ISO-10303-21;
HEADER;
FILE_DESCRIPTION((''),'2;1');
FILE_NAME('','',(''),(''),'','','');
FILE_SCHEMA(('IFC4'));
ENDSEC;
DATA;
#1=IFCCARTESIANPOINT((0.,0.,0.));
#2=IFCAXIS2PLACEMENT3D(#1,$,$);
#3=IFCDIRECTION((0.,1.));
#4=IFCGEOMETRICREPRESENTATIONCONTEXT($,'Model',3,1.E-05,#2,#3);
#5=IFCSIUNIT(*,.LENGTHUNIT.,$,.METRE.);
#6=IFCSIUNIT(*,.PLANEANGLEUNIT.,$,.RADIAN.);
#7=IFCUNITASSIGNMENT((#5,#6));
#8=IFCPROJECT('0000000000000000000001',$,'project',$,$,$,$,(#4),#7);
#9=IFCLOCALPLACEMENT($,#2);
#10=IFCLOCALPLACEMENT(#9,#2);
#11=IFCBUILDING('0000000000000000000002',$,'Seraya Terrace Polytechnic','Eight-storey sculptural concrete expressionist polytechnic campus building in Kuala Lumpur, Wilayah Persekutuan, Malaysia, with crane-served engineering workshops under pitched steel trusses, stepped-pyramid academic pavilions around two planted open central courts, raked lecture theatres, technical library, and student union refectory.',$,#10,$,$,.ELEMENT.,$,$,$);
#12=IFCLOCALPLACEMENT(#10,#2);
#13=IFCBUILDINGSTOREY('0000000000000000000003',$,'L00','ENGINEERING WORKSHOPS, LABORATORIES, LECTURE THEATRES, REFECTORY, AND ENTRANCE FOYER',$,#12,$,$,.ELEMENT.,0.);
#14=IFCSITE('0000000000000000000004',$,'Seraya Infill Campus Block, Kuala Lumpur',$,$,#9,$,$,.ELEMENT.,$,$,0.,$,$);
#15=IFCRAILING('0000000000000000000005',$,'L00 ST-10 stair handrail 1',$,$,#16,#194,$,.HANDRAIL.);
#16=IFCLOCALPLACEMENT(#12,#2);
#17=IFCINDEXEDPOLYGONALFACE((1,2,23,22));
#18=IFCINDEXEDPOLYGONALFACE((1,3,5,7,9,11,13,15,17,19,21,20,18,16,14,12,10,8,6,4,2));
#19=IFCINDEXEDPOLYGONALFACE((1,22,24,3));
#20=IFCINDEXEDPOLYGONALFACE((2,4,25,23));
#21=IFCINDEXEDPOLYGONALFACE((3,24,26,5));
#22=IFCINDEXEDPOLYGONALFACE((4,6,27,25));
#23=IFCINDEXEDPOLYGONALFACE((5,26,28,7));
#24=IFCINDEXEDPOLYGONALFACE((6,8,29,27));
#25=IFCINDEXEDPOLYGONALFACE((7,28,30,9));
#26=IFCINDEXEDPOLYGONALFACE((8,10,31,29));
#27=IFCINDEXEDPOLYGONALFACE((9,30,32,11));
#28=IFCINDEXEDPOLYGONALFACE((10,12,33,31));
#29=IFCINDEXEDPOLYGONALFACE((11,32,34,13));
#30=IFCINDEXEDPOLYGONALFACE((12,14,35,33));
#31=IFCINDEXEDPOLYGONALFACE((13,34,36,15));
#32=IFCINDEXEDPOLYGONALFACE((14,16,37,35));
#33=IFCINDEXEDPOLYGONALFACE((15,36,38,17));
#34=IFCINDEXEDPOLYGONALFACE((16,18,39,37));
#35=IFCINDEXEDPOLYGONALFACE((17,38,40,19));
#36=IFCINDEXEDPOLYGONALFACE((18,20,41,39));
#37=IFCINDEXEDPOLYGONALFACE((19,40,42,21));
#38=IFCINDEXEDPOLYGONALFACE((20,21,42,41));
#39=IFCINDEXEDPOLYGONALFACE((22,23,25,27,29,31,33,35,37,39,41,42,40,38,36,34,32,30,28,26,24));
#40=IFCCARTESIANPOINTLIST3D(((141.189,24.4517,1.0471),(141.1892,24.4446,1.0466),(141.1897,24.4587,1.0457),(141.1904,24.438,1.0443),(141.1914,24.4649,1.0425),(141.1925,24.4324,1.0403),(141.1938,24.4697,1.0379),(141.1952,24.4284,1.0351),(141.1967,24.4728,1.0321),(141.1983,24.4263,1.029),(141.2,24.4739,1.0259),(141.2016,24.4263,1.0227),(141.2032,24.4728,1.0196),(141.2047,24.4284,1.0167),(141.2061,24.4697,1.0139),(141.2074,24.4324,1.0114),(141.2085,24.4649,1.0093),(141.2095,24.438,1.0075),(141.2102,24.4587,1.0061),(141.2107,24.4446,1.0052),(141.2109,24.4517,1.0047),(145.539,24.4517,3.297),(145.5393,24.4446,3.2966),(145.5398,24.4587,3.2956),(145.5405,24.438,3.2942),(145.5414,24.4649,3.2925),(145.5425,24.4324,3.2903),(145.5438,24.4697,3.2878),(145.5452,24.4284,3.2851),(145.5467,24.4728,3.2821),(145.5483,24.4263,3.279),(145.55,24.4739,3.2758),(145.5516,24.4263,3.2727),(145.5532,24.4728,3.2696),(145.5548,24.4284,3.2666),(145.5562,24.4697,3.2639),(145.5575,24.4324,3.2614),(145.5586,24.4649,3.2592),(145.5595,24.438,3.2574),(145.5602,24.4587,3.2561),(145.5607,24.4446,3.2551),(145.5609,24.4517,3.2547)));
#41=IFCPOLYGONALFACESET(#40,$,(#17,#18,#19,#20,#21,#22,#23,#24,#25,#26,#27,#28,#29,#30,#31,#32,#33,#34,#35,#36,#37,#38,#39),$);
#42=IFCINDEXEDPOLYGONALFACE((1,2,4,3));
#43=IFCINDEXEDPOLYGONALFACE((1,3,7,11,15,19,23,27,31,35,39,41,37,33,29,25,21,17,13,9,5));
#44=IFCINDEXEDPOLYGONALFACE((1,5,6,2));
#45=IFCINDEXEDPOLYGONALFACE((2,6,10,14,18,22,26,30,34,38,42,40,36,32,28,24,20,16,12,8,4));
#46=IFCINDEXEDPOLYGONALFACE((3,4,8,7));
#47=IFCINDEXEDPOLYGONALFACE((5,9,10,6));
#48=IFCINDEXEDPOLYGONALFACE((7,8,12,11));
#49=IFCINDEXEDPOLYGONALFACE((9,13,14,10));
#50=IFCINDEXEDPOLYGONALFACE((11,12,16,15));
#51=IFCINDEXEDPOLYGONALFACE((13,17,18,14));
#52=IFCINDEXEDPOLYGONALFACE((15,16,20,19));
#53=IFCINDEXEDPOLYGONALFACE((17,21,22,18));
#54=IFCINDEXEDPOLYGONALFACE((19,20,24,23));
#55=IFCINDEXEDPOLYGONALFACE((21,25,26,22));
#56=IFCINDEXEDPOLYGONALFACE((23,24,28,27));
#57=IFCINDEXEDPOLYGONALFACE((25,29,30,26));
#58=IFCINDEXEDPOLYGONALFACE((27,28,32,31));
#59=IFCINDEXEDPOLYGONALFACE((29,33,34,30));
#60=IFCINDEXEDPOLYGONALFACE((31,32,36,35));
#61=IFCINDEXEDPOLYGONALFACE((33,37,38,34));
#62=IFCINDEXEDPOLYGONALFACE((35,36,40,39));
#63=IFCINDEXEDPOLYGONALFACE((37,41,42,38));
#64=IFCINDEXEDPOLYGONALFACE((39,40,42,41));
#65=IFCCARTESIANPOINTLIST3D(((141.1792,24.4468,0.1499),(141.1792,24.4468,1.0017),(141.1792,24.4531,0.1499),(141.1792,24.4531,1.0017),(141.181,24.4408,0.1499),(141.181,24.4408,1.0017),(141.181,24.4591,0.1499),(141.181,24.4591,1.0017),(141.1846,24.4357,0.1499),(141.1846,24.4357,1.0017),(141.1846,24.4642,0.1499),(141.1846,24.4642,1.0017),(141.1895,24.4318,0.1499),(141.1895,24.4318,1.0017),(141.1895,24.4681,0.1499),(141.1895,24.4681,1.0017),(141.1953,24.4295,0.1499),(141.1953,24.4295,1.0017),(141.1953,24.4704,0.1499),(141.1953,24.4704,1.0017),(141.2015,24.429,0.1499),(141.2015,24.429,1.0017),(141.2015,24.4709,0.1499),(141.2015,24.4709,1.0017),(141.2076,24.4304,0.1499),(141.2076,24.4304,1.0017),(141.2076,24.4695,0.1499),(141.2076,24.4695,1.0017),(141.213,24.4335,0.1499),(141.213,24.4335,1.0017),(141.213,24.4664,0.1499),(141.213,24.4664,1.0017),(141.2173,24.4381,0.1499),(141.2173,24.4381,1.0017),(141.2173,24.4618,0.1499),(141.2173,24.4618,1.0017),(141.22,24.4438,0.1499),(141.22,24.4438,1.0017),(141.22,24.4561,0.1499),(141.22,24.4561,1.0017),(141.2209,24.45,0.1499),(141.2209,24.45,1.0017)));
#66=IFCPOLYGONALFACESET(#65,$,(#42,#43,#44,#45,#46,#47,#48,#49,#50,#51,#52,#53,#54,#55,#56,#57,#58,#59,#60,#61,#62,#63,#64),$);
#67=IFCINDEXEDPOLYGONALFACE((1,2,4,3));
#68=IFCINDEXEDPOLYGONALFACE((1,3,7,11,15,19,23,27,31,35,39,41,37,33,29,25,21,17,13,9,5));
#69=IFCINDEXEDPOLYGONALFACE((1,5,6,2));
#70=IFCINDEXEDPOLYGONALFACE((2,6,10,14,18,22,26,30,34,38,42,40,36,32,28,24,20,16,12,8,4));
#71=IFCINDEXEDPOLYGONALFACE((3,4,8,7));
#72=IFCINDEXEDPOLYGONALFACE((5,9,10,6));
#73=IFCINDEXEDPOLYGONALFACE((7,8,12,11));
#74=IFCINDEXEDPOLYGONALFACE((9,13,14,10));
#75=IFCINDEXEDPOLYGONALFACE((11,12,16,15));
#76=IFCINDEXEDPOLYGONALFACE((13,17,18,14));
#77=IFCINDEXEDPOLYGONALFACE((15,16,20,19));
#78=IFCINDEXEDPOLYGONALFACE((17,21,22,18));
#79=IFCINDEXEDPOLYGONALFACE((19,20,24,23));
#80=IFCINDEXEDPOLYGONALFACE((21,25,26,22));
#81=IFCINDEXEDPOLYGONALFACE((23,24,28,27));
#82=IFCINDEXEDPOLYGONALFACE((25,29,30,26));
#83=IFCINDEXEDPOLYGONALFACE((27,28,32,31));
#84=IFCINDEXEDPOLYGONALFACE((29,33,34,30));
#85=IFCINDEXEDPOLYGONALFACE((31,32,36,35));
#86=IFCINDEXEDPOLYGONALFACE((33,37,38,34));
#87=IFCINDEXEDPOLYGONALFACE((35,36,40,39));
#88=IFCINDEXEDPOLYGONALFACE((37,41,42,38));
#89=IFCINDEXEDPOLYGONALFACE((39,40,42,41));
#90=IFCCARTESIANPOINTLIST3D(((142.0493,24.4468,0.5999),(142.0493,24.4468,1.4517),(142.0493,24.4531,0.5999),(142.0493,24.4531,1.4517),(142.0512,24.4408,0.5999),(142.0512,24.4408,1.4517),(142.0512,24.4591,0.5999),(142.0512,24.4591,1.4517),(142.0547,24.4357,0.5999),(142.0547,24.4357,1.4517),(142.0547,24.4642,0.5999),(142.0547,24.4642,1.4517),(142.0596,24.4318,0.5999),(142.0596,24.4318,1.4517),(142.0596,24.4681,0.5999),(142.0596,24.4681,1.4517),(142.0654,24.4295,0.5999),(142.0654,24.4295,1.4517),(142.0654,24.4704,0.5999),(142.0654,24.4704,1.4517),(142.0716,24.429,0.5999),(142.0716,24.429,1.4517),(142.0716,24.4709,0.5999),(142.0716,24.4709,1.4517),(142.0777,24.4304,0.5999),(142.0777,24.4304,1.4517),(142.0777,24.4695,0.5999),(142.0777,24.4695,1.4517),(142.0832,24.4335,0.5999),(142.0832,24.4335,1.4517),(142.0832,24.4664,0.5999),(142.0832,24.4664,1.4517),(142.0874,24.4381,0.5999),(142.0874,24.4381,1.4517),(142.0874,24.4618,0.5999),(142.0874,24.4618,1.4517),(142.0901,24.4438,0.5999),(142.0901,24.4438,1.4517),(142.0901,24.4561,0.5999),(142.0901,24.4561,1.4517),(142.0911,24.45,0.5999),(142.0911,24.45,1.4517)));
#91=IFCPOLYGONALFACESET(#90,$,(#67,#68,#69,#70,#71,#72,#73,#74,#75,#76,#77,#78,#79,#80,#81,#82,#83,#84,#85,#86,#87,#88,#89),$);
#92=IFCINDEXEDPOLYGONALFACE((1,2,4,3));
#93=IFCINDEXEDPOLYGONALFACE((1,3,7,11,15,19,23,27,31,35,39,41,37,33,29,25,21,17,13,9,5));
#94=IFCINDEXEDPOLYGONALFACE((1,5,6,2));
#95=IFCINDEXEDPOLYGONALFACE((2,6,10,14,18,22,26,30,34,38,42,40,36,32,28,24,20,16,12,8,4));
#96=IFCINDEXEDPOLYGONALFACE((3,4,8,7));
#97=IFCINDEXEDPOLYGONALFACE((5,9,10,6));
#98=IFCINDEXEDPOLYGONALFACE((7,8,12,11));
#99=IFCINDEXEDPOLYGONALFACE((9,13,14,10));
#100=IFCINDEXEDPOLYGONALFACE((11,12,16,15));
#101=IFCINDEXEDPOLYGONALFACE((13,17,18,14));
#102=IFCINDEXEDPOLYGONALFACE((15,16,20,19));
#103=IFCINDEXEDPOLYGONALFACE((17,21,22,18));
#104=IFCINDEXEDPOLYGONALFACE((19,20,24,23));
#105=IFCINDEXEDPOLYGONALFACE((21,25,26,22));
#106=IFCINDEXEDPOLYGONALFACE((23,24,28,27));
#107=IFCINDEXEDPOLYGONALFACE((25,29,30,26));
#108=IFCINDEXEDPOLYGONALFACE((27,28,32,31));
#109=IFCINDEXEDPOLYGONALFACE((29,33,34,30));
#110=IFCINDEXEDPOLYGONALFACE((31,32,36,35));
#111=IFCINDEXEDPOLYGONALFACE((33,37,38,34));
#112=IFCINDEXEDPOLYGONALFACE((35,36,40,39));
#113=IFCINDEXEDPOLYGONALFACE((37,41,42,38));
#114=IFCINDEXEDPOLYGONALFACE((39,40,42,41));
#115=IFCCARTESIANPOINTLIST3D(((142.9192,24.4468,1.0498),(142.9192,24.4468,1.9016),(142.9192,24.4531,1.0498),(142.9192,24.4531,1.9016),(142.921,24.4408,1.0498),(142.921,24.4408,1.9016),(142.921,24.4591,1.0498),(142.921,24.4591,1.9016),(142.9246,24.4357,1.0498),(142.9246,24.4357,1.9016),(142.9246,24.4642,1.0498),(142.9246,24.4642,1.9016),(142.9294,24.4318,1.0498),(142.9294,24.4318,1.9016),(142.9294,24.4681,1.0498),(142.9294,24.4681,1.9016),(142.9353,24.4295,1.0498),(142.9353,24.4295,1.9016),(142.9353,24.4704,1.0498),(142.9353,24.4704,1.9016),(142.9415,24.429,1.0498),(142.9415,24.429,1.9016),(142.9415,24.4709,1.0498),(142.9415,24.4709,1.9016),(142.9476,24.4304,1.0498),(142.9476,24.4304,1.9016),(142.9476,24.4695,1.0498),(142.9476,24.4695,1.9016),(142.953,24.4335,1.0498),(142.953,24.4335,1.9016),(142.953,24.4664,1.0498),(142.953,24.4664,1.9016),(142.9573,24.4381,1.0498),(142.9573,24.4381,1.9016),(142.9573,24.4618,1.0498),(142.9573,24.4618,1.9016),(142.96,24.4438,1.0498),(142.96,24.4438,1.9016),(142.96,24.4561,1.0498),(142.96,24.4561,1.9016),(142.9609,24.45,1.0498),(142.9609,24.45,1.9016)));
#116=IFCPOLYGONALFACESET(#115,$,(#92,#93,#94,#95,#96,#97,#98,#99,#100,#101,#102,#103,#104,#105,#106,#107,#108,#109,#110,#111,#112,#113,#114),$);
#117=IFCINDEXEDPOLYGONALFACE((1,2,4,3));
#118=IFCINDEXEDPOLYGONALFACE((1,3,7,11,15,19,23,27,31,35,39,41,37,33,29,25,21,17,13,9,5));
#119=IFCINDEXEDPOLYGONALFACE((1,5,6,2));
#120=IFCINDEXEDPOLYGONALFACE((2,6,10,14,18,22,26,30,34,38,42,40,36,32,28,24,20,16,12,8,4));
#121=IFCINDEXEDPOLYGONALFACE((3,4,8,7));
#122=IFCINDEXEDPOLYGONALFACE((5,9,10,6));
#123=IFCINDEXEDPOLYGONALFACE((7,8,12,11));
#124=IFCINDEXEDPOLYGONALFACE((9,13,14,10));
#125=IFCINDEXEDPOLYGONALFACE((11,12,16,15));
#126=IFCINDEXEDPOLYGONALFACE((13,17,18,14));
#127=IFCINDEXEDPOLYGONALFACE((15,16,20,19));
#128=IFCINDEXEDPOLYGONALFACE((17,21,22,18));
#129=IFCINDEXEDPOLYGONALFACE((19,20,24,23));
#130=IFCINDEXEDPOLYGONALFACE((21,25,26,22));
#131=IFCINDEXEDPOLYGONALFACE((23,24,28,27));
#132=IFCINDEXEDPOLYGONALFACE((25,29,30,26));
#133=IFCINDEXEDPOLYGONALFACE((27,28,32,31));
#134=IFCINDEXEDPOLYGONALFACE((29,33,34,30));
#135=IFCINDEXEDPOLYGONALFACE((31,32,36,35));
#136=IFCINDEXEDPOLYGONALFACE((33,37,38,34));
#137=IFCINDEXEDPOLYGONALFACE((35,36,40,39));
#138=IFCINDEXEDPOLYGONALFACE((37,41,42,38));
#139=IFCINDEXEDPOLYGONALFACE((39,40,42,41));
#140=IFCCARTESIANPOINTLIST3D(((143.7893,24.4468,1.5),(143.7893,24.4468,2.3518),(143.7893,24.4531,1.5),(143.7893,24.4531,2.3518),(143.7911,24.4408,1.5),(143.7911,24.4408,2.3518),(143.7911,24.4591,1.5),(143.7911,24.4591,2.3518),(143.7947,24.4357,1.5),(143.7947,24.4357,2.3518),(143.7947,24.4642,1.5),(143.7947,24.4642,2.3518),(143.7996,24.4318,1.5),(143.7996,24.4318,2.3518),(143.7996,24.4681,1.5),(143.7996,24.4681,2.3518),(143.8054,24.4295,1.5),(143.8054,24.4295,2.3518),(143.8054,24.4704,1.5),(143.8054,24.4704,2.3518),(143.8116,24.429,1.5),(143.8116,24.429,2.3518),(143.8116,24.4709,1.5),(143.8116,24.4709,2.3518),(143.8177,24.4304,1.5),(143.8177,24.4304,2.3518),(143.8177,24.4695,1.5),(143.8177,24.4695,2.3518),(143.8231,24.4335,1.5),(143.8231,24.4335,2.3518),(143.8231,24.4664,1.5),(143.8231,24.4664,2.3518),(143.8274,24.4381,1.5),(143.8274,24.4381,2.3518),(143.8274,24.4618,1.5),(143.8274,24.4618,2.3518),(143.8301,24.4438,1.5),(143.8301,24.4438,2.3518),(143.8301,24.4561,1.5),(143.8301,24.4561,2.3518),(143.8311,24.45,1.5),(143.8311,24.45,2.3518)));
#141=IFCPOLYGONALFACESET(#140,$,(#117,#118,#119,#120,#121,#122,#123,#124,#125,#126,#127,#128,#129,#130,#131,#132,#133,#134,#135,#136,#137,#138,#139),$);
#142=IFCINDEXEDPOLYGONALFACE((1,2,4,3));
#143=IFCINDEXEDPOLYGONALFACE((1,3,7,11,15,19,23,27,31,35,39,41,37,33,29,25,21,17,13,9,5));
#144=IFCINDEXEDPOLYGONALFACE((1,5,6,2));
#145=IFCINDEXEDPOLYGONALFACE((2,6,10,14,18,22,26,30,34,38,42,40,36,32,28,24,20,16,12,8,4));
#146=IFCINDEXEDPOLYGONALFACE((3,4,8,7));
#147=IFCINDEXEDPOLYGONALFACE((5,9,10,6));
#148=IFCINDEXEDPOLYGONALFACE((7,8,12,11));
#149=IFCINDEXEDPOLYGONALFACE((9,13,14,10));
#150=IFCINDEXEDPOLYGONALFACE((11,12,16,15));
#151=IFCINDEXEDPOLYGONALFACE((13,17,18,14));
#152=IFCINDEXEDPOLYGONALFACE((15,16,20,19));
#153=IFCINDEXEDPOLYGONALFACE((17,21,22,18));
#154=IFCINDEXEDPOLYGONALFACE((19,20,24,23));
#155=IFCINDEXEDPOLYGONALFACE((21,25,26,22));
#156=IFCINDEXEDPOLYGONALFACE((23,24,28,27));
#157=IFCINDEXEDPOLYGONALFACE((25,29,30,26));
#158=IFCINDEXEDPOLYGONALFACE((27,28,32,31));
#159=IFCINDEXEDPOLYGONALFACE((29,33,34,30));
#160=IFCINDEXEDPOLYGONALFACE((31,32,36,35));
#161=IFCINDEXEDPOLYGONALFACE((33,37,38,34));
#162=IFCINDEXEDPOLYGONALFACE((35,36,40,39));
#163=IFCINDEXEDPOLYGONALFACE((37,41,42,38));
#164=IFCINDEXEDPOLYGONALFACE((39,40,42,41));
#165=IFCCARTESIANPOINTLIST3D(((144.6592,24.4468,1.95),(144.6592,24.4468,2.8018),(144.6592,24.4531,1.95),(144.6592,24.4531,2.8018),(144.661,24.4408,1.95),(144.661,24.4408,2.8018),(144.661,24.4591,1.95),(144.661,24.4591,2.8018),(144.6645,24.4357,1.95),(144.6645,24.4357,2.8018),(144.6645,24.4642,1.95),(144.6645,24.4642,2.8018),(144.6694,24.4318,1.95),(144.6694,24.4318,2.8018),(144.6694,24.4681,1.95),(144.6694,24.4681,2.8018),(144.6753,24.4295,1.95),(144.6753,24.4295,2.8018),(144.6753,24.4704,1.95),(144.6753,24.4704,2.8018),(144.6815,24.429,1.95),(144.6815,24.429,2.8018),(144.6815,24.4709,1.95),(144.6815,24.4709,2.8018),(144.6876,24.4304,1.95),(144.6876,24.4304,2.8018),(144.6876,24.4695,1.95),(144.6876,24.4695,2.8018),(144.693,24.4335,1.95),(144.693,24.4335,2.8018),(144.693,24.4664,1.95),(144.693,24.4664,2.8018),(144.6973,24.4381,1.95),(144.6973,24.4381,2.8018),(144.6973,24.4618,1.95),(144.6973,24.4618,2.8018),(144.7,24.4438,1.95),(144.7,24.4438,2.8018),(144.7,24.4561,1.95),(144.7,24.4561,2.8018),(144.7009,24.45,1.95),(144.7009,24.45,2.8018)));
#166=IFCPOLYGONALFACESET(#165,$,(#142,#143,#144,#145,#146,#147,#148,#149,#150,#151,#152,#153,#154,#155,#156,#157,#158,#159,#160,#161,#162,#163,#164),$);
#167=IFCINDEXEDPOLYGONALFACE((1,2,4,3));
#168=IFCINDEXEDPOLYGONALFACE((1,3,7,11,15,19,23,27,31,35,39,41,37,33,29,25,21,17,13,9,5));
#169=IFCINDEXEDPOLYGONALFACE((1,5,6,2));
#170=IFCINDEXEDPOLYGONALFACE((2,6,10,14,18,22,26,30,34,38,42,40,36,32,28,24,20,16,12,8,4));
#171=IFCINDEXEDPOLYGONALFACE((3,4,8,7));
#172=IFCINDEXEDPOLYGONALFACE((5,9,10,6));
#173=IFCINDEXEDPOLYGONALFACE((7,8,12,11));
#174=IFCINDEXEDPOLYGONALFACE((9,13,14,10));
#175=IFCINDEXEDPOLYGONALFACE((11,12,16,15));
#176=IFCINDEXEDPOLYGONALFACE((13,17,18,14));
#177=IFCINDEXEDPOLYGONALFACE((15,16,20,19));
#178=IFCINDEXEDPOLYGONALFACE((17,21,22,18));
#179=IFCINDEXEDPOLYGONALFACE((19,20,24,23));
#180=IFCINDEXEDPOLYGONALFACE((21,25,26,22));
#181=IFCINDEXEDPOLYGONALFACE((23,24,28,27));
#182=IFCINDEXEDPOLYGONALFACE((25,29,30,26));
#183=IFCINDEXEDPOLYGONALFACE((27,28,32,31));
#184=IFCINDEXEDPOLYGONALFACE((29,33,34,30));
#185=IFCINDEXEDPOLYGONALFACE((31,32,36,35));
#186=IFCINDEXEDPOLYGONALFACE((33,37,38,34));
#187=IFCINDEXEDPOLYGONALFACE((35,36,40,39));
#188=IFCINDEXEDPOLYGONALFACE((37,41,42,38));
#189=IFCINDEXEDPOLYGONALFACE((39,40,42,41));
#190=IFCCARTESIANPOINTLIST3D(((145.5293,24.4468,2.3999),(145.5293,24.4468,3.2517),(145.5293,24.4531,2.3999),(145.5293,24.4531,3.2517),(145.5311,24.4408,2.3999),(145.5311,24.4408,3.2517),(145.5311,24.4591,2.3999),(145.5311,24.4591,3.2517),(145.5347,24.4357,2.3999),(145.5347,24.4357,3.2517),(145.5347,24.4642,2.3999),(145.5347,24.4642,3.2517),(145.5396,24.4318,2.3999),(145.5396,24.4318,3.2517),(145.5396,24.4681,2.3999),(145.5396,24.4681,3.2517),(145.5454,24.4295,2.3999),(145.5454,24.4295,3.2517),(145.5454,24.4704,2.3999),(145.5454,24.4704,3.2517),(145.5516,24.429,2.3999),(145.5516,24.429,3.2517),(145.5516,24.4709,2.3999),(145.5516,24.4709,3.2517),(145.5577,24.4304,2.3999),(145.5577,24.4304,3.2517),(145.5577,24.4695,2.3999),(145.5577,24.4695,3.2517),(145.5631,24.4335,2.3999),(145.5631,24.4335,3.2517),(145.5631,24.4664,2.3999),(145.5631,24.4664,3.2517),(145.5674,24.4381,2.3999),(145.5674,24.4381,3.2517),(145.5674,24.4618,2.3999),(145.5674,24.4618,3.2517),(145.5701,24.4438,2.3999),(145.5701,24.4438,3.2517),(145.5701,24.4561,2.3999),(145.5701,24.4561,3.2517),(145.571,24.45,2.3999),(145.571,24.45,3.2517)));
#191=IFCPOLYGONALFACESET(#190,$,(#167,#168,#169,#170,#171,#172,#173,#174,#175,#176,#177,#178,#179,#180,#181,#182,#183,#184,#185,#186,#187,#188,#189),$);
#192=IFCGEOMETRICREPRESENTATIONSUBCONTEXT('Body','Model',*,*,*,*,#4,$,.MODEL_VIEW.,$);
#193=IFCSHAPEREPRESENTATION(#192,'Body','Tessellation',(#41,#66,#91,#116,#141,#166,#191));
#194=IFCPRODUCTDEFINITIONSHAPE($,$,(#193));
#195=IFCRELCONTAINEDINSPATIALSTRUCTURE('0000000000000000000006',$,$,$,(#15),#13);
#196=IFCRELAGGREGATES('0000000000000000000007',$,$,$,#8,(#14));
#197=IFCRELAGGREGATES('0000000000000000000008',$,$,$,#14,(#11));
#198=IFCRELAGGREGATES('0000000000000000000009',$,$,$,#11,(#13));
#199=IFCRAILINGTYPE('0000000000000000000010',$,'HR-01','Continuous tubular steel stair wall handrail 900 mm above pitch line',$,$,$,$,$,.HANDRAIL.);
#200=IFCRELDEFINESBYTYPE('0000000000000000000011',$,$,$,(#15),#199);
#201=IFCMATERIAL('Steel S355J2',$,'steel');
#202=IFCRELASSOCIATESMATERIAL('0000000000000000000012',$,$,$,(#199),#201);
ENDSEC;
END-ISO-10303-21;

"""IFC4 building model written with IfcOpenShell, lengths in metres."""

from ifc_helpers import new_model, si_unit, direction, frame, origin, origin_2d, place, context, subcontext, project, spatial, circle, extrude, material, type_object, element, save


model = new_model("IFC4")

# Units and contexts
model_context = context("Model", 3, precision=1e-05, world=origin(), true_north=direction((0.0, 1.0)))
body_context = subcontext(model_context, "Body", "Model", "MODEL_VIEW")
ifc_project = project(units=[si_unit("LENGTHUNIT", "METRE"), si_unit("PLANEANGLEUNIT", "RADIAN")], contexts=[model_context])

# Site, building, storey
site_placement = place(None, origin())
site = spatial("IfcSite", under=ifc_project, at=site_placement, Name="Seraya Infill Campus Block, Kuala Lumpur", CompositionType="ELEMENT", RefElevation=0.0)
building_placement = place(site_placement, origin())
building = spatial("IfcBuilding", under=site, at=building_placement, Name="Seraya Terrace Polytechnic", Description="Eight-storey sculptural concrete expressionist polytechnic campus building in Kuala Lumpur, Wilayah Persekutuan, Malaysia, with crane-served engineering workshops under pitched steel trusses, stepped-pyramid academic pavilions around two planted open central courts, raked lecture theatres, technical library, and student union refectory.", CompositionType="ELEMENT")
storey_placement = place(building_placement, origin())
storey = spatial("IfcBuildingStorey", under=building, at=storey_placement, Name="L00", Description="ENGINEERING WORKSHOPS, LABORATORIES, LECTURE THEATRES, REFECTORY, AND ENTRANCE FOYER", CompositionType="ELEMENT", Elevation=0.0)

# Shared definitions
ifc_material_1 = material(Name="Steel S355J2", Category="steel")

# Railing
railing_type_1 = type_object("IfcRailingType", Name="HR-01", Description="Continuous tubular steel stair wall handrail 900 mm above pitch line", PredefinedType="HANDRAIL", material=ifc_material_1)
railing_1_placement = place(storey_placement, frame((141.2, 24.45, 0.1499)))
element("IfcRailing", 1, at=railing_1_placement, inside=storey, type_object=railing_type_1, Name="L00 ST-10 stair handrail 1", PredefinedType="HANDRAIL", context=body_context, shape_type="SweptSolid", body=[
    extrude(circle(Radius=0.0239, at=origin_2d()), frame((0.0, 0.0, 0.876), z_axis=(0.888222, 0.0, 0.459415), x_axis=(0.0, 1.0, 0.0)), (0.0, 0.0, 1.0), 4.8975),
    extrude(circle(Radius=0.021, at=origin_2d()), origin(), (0.0, 0.0, 1.0), 0.8518),
    extrude(circle(Radius=0.021, at=origin_2d()), frame((0.8701, 0.0, 0.45)), (0.0, 0.0, 1.0), 0.8518),
    extrude(circle(Radius=0.021, at=origin_2d()), frame((1.74, 0.0, 0.8999)), (0.0, 0.0, 1.0), 0.8518),
    extrude(circle(Radius=0.021, at=origin_2d()), frame((2.6101, 0.0, 1.3501)), (0.0, 0.0, 1.0), 0.8518),
    extrude(circle(Radius=0.021, at=origin_2d()), frame((3.48, 0.0, 1.8)), (0.0, 0.0, 1.0), 0.8518),
    extrude(circle(Radius=0.021, at=origin_2d()), frame((4.3501, 0.0, 2.25)), (0.0, 0.0, 1.0), 0.8518),
])

save(model, "model.ifc")
